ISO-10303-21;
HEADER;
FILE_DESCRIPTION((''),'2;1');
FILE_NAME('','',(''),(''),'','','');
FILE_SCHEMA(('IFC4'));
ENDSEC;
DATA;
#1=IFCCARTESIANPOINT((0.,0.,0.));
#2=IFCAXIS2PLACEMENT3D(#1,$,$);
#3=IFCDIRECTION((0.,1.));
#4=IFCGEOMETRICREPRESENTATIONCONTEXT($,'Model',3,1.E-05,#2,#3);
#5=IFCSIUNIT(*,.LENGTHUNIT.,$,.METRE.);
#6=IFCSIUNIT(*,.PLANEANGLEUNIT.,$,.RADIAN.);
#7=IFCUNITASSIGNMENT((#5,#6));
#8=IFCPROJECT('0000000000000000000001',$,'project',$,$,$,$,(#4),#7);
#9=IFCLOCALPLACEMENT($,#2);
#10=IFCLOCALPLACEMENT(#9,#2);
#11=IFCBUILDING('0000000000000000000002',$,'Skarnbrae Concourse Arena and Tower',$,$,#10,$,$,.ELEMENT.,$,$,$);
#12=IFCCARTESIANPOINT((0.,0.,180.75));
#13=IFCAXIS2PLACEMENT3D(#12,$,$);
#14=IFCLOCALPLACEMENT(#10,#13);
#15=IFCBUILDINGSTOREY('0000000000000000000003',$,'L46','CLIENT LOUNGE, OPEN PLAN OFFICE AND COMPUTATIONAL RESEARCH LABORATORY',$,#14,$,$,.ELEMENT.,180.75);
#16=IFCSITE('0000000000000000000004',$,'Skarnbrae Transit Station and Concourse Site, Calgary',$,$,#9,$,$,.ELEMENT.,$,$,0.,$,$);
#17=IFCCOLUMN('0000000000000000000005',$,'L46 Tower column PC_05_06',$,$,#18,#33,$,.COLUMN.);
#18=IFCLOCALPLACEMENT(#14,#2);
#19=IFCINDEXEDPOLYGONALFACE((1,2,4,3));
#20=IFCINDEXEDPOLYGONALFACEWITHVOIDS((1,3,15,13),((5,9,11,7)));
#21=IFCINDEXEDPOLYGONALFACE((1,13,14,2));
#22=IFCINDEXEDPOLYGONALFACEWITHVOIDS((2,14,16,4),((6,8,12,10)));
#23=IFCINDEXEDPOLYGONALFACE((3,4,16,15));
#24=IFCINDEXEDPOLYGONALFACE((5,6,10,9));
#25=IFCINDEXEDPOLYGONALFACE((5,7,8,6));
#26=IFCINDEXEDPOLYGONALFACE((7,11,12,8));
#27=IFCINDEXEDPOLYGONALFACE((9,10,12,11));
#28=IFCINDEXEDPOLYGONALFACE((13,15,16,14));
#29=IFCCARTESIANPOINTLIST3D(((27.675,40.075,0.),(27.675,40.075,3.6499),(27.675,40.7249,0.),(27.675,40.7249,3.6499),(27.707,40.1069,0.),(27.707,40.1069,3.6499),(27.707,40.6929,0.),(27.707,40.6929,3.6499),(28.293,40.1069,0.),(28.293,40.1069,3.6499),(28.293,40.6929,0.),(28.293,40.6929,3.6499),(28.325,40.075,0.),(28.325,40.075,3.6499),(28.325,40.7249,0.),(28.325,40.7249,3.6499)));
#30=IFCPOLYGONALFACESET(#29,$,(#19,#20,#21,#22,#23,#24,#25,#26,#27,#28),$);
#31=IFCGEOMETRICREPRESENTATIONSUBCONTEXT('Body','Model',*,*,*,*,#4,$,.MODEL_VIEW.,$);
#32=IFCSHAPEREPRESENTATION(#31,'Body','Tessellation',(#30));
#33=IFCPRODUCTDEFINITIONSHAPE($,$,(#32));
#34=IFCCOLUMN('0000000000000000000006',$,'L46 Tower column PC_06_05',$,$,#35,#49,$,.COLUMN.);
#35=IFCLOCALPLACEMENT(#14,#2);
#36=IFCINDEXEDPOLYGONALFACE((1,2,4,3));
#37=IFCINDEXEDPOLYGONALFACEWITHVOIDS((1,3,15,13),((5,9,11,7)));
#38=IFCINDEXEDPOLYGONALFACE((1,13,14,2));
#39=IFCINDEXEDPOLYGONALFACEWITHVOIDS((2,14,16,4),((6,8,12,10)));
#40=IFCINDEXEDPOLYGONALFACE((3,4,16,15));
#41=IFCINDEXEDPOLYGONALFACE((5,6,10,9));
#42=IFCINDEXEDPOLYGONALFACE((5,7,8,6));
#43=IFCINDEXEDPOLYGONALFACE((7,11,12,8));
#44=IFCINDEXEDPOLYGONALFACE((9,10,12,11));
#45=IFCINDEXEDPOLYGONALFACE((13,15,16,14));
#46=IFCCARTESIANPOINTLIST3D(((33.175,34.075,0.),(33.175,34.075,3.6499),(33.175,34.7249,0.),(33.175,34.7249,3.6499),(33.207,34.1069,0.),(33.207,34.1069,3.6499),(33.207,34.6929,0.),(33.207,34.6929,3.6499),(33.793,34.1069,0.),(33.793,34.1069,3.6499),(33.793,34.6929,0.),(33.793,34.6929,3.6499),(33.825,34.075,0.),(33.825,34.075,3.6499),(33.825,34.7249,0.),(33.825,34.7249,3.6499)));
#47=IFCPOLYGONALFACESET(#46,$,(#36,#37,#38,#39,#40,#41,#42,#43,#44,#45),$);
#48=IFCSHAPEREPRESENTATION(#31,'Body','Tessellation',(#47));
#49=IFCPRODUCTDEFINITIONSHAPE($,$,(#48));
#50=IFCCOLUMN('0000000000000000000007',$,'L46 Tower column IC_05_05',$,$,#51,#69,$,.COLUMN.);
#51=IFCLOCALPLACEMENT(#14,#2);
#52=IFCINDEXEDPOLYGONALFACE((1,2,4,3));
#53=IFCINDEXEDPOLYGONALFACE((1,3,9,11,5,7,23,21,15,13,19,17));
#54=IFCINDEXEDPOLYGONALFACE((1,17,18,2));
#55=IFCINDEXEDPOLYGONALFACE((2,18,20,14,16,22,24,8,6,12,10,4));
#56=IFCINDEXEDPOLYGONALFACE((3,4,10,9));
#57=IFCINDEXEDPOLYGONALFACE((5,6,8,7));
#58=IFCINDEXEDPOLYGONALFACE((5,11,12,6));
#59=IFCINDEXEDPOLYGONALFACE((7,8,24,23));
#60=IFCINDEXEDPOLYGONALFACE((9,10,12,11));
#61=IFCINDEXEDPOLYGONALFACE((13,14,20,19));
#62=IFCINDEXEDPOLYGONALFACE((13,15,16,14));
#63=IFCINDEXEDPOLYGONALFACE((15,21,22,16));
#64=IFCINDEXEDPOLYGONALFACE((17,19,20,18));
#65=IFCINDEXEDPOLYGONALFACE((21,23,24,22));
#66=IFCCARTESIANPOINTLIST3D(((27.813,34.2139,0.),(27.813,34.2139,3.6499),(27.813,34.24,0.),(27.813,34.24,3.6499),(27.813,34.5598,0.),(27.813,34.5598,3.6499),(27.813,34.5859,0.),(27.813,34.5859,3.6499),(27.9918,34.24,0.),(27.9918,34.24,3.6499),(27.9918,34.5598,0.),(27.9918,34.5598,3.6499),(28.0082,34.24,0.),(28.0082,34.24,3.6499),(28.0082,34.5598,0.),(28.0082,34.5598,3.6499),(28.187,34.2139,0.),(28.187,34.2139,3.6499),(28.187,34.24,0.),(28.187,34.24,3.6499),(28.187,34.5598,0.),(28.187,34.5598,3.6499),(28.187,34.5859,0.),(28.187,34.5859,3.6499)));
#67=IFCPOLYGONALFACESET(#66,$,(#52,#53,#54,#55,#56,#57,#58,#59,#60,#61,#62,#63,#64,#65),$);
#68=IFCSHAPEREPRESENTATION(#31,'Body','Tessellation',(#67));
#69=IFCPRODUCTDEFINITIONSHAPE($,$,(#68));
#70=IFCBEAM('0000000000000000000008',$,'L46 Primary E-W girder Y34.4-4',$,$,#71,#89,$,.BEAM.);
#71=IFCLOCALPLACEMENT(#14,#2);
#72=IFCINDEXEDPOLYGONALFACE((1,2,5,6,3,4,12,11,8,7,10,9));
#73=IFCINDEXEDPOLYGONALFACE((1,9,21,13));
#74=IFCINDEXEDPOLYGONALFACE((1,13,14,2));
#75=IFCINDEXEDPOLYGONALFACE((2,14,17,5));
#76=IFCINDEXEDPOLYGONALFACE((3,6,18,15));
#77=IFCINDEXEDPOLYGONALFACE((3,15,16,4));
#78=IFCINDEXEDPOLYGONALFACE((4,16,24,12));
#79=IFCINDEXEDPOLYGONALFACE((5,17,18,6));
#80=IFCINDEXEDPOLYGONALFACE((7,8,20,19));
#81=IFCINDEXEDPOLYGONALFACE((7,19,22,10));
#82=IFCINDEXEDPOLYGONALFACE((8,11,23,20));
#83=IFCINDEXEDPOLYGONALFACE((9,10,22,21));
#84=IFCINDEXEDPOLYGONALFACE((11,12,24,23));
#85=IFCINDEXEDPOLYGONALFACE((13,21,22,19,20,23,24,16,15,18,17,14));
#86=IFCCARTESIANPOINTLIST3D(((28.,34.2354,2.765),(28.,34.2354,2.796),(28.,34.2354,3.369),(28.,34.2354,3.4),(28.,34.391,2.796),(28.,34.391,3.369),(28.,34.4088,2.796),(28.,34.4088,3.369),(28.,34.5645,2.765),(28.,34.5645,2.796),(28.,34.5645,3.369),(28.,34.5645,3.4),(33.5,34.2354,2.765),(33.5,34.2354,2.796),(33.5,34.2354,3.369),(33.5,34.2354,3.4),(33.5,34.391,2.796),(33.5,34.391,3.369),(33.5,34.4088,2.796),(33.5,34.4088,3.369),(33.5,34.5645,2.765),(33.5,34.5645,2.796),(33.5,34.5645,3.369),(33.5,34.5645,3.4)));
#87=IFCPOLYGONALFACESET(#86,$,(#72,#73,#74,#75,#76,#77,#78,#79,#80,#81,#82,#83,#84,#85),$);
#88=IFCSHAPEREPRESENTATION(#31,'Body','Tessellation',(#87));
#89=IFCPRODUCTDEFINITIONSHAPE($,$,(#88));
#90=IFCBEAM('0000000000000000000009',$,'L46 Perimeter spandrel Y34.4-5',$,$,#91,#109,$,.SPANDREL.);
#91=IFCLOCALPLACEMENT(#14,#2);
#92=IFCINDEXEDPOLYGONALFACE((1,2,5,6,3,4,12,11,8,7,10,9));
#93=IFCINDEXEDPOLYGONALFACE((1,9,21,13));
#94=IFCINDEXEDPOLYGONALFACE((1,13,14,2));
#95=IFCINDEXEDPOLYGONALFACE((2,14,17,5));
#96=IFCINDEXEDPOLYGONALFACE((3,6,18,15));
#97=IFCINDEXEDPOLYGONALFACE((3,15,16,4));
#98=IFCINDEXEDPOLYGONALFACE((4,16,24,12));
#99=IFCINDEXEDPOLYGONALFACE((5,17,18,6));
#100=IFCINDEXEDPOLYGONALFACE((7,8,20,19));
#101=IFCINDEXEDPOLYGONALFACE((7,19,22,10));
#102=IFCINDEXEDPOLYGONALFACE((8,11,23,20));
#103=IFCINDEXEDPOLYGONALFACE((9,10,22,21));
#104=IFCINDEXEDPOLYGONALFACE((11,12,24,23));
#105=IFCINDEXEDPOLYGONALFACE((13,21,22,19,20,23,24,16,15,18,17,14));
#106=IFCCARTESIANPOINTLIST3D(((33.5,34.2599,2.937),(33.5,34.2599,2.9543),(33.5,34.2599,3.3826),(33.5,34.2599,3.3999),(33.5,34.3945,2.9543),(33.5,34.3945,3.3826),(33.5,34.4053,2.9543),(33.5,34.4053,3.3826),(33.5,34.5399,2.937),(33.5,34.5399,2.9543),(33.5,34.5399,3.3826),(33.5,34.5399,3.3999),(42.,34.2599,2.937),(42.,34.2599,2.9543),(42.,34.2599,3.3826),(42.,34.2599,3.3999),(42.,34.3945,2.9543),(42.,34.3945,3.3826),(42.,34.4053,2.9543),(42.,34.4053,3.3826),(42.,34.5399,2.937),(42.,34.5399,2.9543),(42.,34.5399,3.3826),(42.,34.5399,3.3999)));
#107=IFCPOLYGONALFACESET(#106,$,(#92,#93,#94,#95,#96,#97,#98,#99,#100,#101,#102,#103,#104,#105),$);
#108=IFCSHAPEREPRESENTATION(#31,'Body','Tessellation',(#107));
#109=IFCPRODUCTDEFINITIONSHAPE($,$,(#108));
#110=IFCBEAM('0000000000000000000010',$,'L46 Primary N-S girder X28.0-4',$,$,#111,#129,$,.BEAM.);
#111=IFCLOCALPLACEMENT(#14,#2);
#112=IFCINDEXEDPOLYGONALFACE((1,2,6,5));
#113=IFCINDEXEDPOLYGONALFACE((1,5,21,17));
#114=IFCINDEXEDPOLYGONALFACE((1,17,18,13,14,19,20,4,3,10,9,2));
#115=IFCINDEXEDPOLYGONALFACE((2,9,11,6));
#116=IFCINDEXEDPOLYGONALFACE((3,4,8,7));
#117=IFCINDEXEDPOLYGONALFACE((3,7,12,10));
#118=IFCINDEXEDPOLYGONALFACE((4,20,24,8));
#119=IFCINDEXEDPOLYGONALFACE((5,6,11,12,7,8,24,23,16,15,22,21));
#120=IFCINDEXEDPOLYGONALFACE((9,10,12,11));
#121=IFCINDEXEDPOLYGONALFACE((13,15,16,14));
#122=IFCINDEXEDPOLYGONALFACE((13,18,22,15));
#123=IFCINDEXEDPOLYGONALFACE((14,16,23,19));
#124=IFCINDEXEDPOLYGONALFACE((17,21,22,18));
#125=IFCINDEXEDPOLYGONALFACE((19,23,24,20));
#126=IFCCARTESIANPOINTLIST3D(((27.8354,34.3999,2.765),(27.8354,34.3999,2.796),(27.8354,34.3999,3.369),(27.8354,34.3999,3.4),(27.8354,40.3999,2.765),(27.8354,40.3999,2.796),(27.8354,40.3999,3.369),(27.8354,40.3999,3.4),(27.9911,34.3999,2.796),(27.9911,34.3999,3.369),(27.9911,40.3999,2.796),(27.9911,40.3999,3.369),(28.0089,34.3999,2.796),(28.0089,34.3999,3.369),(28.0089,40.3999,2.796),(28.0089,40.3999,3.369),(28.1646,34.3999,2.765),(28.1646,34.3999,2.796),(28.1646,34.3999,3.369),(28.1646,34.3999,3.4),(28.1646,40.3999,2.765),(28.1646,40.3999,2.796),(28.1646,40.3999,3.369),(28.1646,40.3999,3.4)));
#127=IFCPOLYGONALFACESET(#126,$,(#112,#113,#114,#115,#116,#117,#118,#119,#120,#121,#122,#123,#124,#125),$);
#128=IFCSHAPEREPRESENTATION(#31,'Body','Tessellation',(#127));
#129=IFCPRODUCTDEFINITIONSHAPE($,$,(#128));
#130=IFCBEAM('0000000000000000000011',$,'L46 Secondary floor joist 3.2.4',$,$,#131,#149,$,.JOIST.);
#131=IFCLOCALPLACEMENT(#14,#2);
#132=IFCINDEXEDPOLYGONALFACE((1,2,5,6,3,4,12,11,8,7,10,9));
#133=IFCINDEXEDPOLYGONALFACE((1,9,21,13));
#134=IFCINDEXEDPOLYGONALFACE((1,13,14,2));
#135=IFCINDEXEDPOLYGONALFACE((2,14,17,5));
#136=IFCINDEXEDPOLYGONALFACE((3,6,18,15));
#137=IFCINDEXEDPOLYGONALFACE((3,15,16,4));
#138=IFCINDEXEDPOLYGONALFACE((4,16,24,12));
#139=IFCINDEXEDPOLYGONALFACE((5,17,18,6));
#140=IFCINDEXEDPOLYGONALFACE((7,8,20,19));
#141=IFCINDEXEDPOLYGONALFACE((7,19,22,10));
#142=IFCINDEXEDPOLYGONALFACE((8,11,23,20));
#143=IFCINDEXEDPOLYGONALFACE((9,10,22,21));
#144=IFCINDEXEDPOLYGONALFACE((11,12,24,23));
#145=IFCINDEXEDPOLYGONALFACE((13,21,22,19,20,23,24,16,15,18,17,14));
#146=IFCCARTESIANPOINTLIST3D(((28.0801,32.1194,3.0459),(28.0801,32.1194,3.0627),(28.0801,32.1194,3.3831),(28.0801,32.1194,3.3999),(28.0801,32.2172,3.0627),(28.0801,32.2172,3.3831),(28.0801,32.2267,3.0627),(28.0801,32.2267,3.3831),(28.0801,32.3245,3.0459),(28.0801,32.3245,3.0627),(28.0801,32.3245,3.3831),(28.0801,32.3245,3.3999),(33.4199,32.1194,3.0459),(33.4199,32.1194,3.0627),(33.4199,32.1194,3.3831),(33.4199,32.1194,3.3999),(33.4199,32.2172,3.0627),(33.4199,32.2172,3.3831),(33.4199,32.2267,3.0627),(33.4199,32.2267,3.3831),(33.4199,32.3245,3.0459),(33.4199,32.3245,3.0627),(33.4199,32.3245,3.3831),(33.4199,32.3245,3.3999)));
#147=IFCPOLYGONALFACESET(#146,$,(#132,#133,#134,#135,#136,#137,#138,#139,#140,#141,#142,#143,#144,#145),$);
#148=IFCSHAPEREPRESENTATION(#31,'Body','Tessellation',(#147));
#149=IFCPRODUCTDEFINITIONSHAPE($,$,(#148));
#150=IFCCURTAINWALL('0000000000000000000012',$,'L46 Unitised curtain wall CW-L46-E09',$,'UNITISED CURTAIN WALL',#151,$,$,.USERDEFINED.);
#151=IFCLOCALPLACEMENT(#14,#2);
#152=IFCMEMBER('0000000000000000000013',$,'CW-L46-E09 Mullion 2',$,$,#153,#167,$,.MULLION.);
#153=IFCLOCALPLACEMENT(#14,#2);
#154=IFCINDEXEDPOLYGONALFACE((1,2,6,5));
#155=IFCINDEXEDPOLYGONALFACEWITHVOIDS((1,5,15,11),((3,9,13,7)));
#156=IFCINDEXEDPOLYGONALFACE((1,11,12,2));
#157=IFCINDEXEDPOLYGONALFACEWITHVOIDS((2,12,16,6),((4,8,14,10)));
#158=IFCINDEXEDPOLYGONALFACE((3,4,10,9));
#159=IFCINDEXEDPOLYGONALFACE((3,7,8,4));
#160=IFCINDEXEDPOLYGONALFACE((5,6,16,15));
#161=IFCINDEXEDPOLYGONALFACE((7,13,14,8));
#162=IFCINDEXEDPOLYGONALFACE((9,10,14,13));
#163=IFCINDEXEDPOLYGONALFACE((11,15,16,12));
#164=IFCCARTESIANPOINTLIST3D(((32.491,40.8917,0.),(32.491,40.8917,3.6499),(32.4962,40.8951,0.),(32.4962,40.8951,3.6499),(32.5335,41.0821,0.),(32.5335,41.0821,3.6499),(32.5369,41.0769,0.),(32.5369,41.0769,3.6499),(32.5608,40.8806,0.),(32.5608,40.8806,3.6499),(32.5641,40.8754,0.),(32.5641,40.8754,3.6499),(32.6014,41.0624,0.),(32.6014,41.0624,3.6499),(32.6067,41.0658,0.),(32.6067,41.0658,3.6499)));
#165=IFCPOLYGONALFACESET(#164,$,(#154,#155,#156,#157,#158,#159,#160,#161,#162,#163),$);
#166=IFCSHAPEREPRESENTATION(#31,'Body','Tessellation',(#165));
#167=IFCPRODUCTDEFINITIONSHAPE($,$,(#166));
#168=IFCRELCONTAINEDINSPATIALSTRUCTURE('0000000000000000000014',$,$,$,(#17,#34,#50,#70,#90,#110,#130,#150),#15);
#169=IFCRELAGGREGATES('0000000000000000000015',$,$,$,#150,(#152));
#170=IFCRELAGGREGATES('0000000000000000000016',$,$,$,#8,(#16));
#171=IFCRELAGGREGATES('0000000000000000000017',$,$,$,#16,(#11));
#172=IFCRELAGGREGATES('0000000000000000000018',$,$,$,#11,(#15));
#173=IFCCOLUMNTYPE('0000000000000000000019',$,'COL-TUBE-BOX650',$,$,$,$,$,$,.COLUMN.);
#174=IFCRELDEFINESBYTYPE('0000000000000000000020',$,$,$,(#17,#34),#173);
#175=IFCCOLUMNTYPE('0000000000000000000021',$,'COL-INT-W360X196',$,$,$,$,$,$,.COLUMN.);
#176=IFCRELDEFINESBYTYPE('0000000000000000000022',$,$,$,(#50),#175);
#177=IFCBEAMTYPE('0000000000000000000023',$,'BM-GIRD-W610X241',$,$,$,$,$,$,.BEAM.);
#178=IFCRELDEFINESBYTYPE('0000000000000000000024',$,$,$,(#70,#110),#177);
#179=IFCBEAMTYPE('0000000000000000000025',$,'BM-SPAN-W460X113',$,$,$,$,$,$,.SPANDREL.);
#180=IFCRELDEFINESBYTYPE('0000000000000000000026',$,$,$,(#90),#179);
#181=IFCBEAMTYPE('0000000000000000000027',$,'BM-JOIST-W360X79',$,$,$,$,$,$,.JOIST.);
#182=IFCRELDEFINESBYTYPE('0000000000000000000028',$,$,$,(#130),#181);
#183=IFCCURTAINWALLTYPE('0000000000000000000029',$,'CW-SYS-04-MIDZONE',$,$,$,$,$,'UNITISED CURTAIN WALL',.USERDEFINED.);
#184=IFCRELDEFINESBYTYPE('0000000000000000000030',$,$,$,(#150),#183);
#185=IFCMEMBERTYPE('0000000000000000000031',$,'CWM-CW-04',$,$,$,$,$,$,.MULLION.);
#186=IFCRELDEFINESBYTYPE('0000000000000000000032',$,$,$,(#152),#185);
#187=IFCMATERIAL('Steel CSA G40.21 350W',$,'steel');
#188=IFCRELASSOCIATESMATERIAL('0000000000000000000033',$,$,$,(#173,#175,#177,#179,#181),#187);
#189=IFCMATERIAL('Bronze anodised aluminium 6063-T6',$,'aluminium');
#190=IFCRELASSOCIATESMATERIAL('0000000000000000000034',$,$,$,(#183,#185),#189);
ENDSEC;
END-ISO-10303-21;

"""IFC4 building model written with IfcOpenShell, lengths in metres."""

from ifc_helpers import new_model, si_unit, direction, frame, origin, origin_2d, place, context, subcontext, project, spatial, hollow_rectangle, i_section, extrude, source, transform, mapped, material, material_profile, profile_set, type_object, element, aggregate, save


model = new_model("IFC4")

# Units and contexts
model_context = context("Model", 3, precision=1e-05, world=origin(), true_north=direction((0.0, 1.0)))
body_context = subcontext(model_context, "Body", "Model", "MODEL_VIEW")
ifc_project = project(units=[si_unit("LENGTHUNIT", "METRE"), si_unit("PLANEANGLEUNIT", "RADIAN")], contexts=[model_context])

# Site, building, storey
site_placement = place(None, origin())
site = spatial("IfcSite", under=ifc_project, at=site_placement, Name="Skarnbrae Transit Station and Concourse Site, Calgary", CompositionType="ELEMENT", RefElevation=0.0)
building_placement = place(site_placement, origin())
building = spatial("IfcBuilding", under=site, at=building_placement, Name="Skarnbrae Concourse Arena and Tower", CompositionType="ELEMENT")
storey_placement = place(building_placement, frame((0.0, 0.0, 180.75)))
storey = spatial("IfcBuildingStorey", under=building, at=storey_placement, Name="L46", Description="CLIENT LOUNGE, OPEN PLAN OFFICE AND COMPUTATIONAL RESEARCH LABORATORY", CompositionType="ELEMENT", Elevation=180.75)

# Columns
ifc_material_1 = material(Name="Steel CSA G40.21 350W", Category="steel")
ifc_material_profile_1 = material_profile(ifc_material_1, hollow_rectangle(XDim=0.6499, YDim=0.6499, WallThickness=0.032, at=origin_2d()), Name="BOX650X650X32")
ifc_profile_set_1 = profile_set([ifc_material_profile_1], Name="Steel CSA G40.21 350W")
column_type_1 = type_object("IfcColumnType", Name="COL-TUBE-BOX650", PredefinedType="COLUMN", material=ifc_profile_set_1)
shared_shape_1 = source(origin(), body_context, "Body", "SweptSolid", [
    extrude(hollow_rectangle(XDim=0.6499, YDim=0.6499, WallThickness=0.032, at=origin_2d()), origin(), (0.0, 0.0, 1.0), 3.6499),
])
for number, where, z_axis, x_axis, name in (
    (1, (28.0, 40.3999, 0.0), (0.0, 0.0, 1.0), (1.0, 0.0, 0.0), "L46 Tower column PC_05_06"),
    (2, (33.5, 34.3999, 0.0), (0.0, 0.0, 1.0), (1.0, 0.0, 0.0), "L46 Tower column PC_06_05"),
):
    element("IfcColumn", number, at=place(storey_placement, frame(where, z_axis=z_axis, x_axis=x_axis)), inside=storey, type_object=column_type_1, Name=name, PredefinedType="COLUMN", context=body_context, shape_type="MappedRepresentation", body=[
        mapped(shared_shape_1, transform((0.0, 0.0, 0.0))),
    ])
ifc_material_profile_2 = material_profile(ifc_material_1, i_section(OverallWidth=0.374, OverallDepth=0.3721, WebThickness=0.0164, FlangeThickness=0.0261, at=origin_2d()), Name="W360X196")
ifc_profile_set_2 = profile_set([ifc_material_profile_2], Name="Steel CSA G40.21 350W")
column_type_2 = type_object("IfcColumnType", Name="COL-INT-W360X196", PredefinedType="COLUMN", material=ifc_profile_set_2)
shared_shape_2 = source(origin(), body_context, "Body", "SweptSolid", [
    extrude(i_section(OverallWidth=0.374, OverallDepth=0.3721, WebThickness=0.0164, FlangeThickness=0.0261, at=origin_2d()), origin(), (0.0, 0.0, 1.0), 3.6499),
])
column_placement = place(storey_placement, frame((28.0, 34.3999, 0.0), z_axis=(0.0, 0.0, 1.0), x_axis=(1.0, 0.0, 0.0)))
element("IfcColumn", 3, at=column_placement, inside=storey, type_object=column_type_2, Name="L46 Tower column IC_05_05", PredefinedType="COLUMN", context=body_context, shape_type="MappedRepresentation", body=[
    mapped(shared_shape_2, transform((0.0, 0.0, 0.0))),
])

# Beams
ifc_material_profile_3 = material_profile(ifc_material_1, i_section(OverallWidth=0.3291, OverallDepth=0.635, WebThickness=0.0178, FlangeThickness=0.031, at=origin_2d()), Name="W610X241")
ifc_profile_set_3 = profile_set([ifc_material_profile_3], Name="Steel CSA G40.21 350W")
beam_type_1 = type_object("IfcBeamType", Name="BM-GIRD-W610X241", PredefinedType="BEAM", material=ifc_profile_set_3)
shared_shape_3 = source(origin(), body_context, "Body", "SweptSolid", [
    extrude(i_section(OverallWidth=0.3291, OverallDepth=0.635, WebThickness=0.0178, FlangeThickness=0.031, at=origin_2d()), origin(), (0.0, 0.0, 1.0), 5.5),
])
beam_1_placement = place(storey_placement, frame((28.0, 34.3999, 3.0825), z_axis=(1.0, 0.0, 0.0), x_axis=(0.0, 1.0, 0.0)))
element("IfcBeam", 4, at=beam_1_placement, inside=storey, type_object=beam_type_1, Name="L46 Primary E-W girder Y34.4-4", PredefinedType="BEAM", context=body_context, shape_type="MappedRepresentation", body=[
    mapped(shared_shape_3, transform((0.0, 0.0, 0.0))),
])
ifc_material_profile_4 = material_profile(ifc_material_1, i_section(OverallWidth=0.28, OverallDepth=0.4629, WebThickness=0.0107, FlangeThickness=0.0173, at=origin_2d()), Name="W460X113")
ifc_profile_set_4 = profile_set([ifc_material_profile_4], Name="Steel CSA G40.21 350W")
beam_type_2 = type_object("IfcBeamType", Name="BM-SPAN-W460X113", PredefinedType="SPANDREL", material=ifc_profile_set_4)
shared_shape_4 = source(origin(), body_context, "Body", "SweptSolid", [
    extrude(i_section(OverallWidth=0.28, OverallDepth=0.4629, WebThickness=0.0107, FlangeThickness=0.0173, at=origin_2d()), origin(), (0.0, 0.0, 1.0), 8.5),
])
beam_2_placement = place(storey_placement, frame((33.5, 34.3999, 3.1685), z_axis=(1.0, 0.0, 0.0), x_axis=(0.0, 1.0, 0.0)))
element("IfcBeam", 5, at=beam_2_placement, inside=storey, type_object=beam_type_2, Name="L46 Perimeter spandrel Y34.4-5", PredefinedType="SPANDREL", context=body_context, shape_type="MappedRepresentation", body=[
    mapped(shared_shape_4, transform((0.0, 0.0, 0.0))),
])
shared_shape_5 = source(origin(), body_context, "Body", "SweptSolid", [
    extrude(i_section(OverallWidth=0.3291, OverallDepth=0.635, WebThickness=0.0178, FlangeThickness=0.031, at=origin_2d()), origin(), (0.0, 0.0, 1.0), 6.0),
])
beam_3_placement = place(storey_placement, frame((28.0, 34.3999, 3.0825), z_axis=(0.0, 1.0, 0.0), x_axis=(-1.0, 0.0, 0.0)))
element("IfcBeam", 6, at=beam_3_placement, inside=storey, type_object=beam_type_1, Name="L46 Primary N-S girder X28.0-4", PredefinedType="BEAM", context=body_context, shape_type="MappedRepresentation", body=[
    mapped(shared_shape_5, transform((0.0, 0.0, 0.0))),
])
ifc_material_profile_5 = material_profile(ifc_material_1, i_section(OverallWidth=0.2051, OverallDepth=0.354, WebThickness=0.0095, FlangeThickness=0.0168, at=origin_2d()), Name="W360X79")
ifc_profile_set_5 = profile_set([ifc_material_profile_5], Name="Steel CSA G40.21 350W")
beam_type_3 = type_object("IfcBeamType", Name="BM-JOIST-W360X79", PredefinedType="JOIST", material=ifc_profile_set_5)
shared_shape_6 = source(origin(), body_context, "Body", "SweptSolid", [
    extrude(i_section(OverallWidth=0.2051, OverallDepth=0.354, WebThickness=0.0095, FlangeThickness=0.0168, at=origin_2d()), origin(), (0.0, 0.0, 1.0), 5.3398),
])
beam_4_placement = place(storey_placement, frame((28.0801, 32.2219, 3.2229), z_axis=(1.0, 0.0, 0.0), x_axis=(0.0, 1.0, 0.0)))
element("IfcBeam", 7, at=beam_4_placement, inside=storey, type_object=beam_type_3, Name="L46 Secondary floor joist 3.2.4", PredefinedType="JOIST", context=body_context, shape_type="MappedRepresentation", body=[
    mapped(shared_shape_6, transform((0.0, 0.0, 0.0))),
])

# Curtain wall, member
ifc_material_2 = material(Name="Bronze anodised aluminium 6063-T6", Category="aluminium")
curtain_wall_type = type_object("IfcCurtainWallType", Name="CW-SYS-04-MIDZONE", ElementType="UNITISED CURTAIN WALL", PredefinedType="USERDEFINED", material=ifc_material_2)
curtain_wall_1_placement = place(storey_placement, origin())
curtain_wall_1 = element("IfcCurtainWall", 8, at=curtain_wall_1_placement, inside=storey, type_object=curtain_wall_type, Name="L46 Unitised curtain wall CW-L46-E09", ObjectType="UNITISED CURTAIN WALL", PredefinedType="USERDEFINED")
ifc_material_profile_6 = material_profile(ifc_material_2, hollow_rectangle(XDim=0.075, YDim=0.1951, WallThickness=0.0044, at=origin_2d()), Name="ALU-MULL-75X195")
ifc_profile_set_6 = profile_set([ifc_material_profile_6], Name="Bronze anodised aluminium 6063-T6")
member_type_1 = type_object("IfcMemberType", Name="CWM-CW-04", PredefinedType="MULLION", material=ifc_profile_set_6)
shared_shape_7 = source(origin(), body_context, "Body", "SweptSolid", [
    extrude(hollow_rectangle(XDim=0.075, YDim=0.1951, WallThickness=0.0044, at=origin_2d()), origin(), (0.0, 0.0, 1.0), 3.6499),
])
member_1_placement = place(storey_placement, frame((32.5488, 40.9788, 0.0), z_axis=(0.0, 0.0, 1.0), x_axis=(-0.975936, 0.218056, 0.0)))
member_1 = element("IfcMember", 9, at=member_1_placement, type_object=member_type_1, Name="CW-L46-E09 Mullion 2", PredefinedType="MULLION", context=body_context, shape_type="MappedRepresentation", body=[
    mapped(shared_shape_7, transform((0.0, 0.0, 0.0))),
])
aggregate(curtain_wall_1, [member_1])

save(model, "model.ifc")
